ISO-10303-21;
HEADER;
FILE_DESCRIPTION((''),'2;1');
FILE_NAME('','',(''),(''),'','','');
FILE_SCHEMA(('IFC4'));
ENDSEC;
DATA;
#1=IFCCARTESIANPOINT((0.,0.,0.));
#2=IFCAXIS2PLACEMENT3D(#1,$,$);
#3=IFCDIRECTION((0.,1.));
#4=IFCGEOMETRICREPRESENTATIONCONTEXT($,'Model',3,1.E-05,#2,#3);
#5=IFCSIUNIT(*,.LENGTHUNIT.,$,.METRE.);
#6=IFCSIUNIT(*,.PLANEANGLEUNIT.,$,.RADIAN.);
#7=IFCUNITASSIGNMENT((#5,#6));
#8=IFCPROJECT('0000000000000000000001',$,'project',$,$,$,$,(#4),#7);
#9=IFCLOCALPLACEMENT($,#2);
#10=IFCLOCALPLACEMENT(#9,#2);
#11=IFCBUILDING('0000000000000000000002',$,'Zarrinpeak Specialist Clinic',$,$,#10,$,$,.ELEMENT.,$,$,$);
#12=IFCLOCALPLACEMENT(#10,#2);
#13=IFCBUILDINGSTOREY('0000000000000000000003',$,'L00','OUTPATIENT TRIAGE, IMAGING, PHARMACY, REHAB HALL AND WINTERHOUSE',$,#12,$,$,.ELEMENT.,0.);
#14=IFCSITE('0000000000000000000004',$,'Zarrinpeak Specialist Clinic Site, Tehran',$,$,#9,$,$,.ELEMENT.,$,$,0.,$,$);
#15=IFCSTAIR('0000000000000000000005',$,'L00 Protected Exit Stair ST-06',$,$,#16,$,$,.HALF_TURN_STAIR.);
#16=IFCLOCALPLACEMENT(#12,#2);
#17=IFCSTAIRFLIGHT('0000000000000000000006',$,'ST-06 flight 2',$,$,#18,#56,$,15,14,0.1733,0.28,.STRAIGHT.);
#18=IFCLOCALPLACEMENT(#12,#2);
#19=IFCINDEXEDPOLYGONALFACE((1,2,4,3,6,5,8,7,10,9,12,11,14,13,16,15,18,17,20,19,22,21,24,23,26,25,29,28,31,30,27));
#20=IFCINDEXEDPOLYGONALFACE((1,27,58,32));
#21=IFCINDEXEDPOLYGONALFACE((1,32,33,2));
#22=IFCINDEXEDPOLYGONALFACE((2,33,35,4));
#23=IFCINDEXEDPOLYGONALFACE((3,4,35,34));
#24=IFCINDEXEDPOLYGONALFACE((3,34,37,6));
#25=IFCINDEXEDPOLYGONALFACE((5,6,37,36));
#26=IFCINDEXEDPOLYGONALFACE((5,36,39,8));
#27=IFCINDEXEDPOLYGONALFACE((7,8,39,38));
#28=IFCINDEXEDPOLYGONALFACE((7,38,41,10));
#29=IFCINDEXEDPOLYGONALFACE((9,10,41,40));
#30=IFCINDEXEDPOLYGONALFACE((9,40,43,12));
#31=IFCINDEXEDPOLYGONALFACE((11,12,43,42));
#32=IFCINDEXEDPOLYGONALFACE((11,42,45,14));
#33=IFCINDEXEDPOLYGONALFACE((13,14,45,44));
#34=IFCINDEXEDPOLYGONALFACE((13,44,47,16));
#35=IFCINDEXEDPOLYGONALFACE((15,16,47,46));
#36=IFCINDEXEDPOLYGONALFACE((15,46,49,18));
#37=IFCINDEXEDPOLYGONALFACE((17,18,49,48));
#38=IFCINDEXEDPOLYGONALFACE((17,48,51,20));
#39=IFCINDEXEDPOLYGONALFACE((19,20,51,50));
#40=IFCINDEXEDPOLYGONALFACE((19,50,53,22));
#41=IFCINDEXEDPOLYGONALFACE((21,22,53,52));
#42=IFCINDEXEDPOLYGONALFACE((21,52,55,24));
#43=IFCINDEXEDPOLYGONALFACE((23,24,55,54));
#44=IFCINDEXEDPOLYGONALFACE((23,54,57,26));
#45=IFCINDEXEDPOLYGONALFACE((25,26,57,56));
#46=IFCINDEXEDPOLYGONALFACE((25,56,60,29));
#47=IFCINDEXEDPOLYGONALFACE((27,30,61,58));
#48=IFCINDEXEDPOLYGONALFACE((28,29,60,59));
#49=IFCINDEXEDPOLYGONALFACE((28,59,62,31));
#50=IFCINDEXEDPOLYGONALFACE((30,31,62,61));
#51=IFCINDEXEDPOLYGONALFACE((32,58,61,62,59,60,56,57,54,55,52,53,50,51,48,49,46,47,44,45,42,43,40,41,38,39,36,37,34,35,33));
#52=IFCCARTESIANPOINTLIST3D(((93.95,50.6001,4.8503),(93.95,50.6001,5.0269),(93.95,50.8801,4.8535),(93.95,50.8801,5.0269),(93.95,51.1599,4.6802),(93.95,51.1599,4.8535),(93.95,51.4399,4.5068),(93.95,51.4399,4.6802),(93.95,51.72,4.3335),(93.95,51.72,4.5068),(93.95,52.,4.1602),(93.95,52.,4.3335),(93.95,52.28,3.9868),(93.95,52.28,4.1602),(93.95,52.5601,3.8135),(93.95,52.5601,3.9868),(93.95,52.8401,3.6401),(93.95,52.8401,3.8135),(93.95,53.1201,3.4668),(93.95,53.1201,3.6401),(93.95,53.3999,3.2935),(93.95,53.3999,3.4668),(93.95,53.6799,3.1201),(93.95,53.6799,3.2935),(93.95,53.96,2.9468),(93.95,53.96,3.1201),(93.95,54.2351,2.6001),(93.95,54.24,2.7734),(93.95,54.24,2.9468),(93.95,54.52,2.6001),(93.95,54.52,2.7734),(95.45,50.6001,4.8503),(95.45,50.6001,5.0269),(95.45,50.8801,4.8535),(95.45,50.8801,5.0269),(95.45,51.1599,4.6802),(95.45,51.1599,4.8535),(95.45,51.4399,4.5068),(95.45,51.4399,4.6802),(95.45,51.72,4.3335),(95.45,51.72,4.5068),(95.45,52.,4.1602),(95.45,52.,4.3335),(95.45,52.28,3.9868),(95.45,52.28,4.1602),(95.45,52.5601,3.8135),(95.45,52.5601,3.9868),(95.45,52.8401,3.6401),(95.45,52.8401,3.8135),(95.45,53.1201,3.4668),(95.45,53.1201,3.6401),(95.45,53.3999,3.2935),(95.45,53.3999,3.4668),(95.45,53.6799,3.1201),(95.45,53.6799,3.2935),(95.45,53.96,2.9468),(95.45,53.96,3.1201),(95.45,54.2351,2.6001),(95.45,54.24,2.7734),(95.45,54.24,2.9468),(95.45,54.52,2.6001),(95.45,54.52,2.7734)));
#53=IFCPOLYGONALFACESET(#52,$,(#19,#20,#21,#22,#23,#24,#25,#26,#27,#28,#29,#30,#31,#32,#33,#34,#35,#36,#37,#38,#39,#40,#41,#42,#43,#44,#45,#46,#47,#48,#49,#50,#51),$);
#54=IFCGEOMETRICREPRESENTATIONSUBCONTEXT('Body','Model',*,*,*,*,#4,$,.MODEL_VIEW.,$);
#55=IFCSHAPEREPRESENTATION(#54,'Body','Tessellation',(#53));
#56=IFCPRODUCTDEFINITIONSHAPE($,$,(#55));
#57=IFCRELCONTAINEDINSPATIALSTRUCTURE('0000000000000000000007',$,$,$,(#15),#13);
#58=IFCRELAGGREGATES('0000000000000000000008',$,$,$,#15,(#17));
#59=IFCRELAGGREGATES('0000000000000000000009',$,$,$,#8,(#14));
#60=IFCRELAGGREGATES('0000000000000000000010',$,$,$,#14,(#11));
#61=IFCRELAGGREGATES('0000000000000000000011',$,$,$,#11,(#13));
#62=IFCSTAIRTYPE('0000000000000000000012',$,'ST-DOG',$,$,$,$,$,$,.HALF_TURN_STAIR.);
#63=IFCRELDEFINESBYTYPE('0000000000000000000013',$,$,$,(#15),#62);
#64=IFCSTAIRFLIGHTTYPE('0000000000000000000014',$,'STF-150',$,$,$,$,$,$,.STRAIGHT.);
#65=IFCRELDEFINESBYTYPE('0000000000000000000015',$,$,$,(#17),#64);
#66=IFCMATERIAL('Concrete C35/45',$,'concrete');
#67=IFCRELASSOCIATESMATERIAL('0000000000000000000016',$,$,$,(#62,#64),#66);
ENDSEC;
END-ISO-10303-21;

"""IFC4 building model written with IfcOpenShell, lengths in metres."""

from ifc_helpers import new_model, si_unit, direction, frame, origin, place, context, subcontext, project, spatial, polyline, outline, extrude, material, type_object, element, aggregate, save


model = new_model("IFC4")

# Units and contexts
model_context = context("Model", 3, precision=1e-05, world=origin(), true_north=direction((0.0, 1.0)))
body_context = subcontext(model_context, "Body", "Model", "MODEL_VIEW")
ifc_project = project(units=[si_unit("LENGTHUNIT", "METRE"), si_unit("PLANEANGLEUNIT", "RADIAN")], contexts=[model_context])

# Site, building, storey
site_placement = place(None, origin())
site = spatial("IfcSite", under=ifc_project, at=site_placement, Name="Zarrinpeak Specialist Clinic Site, Tehran", CompositionType="ELEMENT", RefElevation=0.0)
building_placement = place(site_placement, origin())
building = spatial("IfcBuilding", under=site, at=building_placement, Name="Zarrinpeak Specialist Clinic", CompositionType="ELEMENT")
storey_placement = place(building_placement, origin())
storey = spatial("IfcBuildingStorey", under=building, at=storey_placement, Name="L00", Description="OUTPATIENT TRIAGE, IMAGING, PHARMACY, REHAB HALL AND WINTERHOUSE", CompositionType="ELEMENT", Elevation=0.0)

# Stair, stair flight
ifc_material_1 = material(Name="Concrete C35/45", Category="concrete")
stair_type = type_object("IfcStairType", Name="ST-DOG", PredefinedType="HALF_TURN_STAIR", material=ifc_material_1)
stair_placement = place(storey_placement, origin())
stair = element("IfcStair", 1, at=stair_placement, inside=storey, type_object=stair_type, Name="L00 Protected Exit Stair ST-06", PredefinedType="HALF_TURN_STAIR")
stair_flight_type = type_object("IfcStairFlightType", Name="STF-150", PredefinedType="STRAIGHT", material=ifc_material_1)
stair_flight_1_placement = place(storey_placement, frame((94.7, 54.52, 2.6001), z_axis=(0.0, 0.0, 1.0), x_axis=(0.0, -1.0, 0.0)))
stair_flight_1 = element("IfcStairFlight", 2, at=stair_flight_1_placement, type_object=stair_flight_type, Name="ST-06 flight 2", NumberOfRisers=15, NumberOfTreads=14, PredefinedType="STRAIGHT", RiserHeight=0.1733, TreadLength=0.28, context=body_context, shape_type="SweptSolid", body=[
    extrude(outline(polyline([(0.0, 0.0), (0.0, 0.1733), (0.28, 0.1733), (0.28, 0.3467), (0.5601, 0.3467), (0.5601, 0.52), (0.8401, 0.52), (0.8401, 0.6934), (1.1201, 0.6934), (1.1201, 0.8667), (1.3999, 0.8667), (1.3999, 1.04), (1.6799, 1.04), (1.6799, 1.2134), (1.96, 1.2134), (1.96, 1.3867), (2.24, 1.3867), (2.24, 1.5601), (2.52, 1.5601), (2.52, 1.7334), (2.8, 1.7334), (2.8, 1.9067), (3.0801, 1.9067), (3.0801, 2.0801), (3.3601, 2.0801), (3.3601, 2.2534), (3.6399, 2.2534), (3.6399, 2.4268), (3.9199, 2.4268), (3.9199, 2.6001), (3.9199, 2.2502), (0.2849, 0.0), (0.0, 0.0)])), frame((0.0, 0.75, 0.0), z_axis=(0.0, -1.0, 0.0), x_axis=(1.0, 0.0, 0.0)), (0.0, 0.0, 1.0), 1.5),
])
aggregate(stair, [stair_flight_1])

save(model, "model.ifc")
